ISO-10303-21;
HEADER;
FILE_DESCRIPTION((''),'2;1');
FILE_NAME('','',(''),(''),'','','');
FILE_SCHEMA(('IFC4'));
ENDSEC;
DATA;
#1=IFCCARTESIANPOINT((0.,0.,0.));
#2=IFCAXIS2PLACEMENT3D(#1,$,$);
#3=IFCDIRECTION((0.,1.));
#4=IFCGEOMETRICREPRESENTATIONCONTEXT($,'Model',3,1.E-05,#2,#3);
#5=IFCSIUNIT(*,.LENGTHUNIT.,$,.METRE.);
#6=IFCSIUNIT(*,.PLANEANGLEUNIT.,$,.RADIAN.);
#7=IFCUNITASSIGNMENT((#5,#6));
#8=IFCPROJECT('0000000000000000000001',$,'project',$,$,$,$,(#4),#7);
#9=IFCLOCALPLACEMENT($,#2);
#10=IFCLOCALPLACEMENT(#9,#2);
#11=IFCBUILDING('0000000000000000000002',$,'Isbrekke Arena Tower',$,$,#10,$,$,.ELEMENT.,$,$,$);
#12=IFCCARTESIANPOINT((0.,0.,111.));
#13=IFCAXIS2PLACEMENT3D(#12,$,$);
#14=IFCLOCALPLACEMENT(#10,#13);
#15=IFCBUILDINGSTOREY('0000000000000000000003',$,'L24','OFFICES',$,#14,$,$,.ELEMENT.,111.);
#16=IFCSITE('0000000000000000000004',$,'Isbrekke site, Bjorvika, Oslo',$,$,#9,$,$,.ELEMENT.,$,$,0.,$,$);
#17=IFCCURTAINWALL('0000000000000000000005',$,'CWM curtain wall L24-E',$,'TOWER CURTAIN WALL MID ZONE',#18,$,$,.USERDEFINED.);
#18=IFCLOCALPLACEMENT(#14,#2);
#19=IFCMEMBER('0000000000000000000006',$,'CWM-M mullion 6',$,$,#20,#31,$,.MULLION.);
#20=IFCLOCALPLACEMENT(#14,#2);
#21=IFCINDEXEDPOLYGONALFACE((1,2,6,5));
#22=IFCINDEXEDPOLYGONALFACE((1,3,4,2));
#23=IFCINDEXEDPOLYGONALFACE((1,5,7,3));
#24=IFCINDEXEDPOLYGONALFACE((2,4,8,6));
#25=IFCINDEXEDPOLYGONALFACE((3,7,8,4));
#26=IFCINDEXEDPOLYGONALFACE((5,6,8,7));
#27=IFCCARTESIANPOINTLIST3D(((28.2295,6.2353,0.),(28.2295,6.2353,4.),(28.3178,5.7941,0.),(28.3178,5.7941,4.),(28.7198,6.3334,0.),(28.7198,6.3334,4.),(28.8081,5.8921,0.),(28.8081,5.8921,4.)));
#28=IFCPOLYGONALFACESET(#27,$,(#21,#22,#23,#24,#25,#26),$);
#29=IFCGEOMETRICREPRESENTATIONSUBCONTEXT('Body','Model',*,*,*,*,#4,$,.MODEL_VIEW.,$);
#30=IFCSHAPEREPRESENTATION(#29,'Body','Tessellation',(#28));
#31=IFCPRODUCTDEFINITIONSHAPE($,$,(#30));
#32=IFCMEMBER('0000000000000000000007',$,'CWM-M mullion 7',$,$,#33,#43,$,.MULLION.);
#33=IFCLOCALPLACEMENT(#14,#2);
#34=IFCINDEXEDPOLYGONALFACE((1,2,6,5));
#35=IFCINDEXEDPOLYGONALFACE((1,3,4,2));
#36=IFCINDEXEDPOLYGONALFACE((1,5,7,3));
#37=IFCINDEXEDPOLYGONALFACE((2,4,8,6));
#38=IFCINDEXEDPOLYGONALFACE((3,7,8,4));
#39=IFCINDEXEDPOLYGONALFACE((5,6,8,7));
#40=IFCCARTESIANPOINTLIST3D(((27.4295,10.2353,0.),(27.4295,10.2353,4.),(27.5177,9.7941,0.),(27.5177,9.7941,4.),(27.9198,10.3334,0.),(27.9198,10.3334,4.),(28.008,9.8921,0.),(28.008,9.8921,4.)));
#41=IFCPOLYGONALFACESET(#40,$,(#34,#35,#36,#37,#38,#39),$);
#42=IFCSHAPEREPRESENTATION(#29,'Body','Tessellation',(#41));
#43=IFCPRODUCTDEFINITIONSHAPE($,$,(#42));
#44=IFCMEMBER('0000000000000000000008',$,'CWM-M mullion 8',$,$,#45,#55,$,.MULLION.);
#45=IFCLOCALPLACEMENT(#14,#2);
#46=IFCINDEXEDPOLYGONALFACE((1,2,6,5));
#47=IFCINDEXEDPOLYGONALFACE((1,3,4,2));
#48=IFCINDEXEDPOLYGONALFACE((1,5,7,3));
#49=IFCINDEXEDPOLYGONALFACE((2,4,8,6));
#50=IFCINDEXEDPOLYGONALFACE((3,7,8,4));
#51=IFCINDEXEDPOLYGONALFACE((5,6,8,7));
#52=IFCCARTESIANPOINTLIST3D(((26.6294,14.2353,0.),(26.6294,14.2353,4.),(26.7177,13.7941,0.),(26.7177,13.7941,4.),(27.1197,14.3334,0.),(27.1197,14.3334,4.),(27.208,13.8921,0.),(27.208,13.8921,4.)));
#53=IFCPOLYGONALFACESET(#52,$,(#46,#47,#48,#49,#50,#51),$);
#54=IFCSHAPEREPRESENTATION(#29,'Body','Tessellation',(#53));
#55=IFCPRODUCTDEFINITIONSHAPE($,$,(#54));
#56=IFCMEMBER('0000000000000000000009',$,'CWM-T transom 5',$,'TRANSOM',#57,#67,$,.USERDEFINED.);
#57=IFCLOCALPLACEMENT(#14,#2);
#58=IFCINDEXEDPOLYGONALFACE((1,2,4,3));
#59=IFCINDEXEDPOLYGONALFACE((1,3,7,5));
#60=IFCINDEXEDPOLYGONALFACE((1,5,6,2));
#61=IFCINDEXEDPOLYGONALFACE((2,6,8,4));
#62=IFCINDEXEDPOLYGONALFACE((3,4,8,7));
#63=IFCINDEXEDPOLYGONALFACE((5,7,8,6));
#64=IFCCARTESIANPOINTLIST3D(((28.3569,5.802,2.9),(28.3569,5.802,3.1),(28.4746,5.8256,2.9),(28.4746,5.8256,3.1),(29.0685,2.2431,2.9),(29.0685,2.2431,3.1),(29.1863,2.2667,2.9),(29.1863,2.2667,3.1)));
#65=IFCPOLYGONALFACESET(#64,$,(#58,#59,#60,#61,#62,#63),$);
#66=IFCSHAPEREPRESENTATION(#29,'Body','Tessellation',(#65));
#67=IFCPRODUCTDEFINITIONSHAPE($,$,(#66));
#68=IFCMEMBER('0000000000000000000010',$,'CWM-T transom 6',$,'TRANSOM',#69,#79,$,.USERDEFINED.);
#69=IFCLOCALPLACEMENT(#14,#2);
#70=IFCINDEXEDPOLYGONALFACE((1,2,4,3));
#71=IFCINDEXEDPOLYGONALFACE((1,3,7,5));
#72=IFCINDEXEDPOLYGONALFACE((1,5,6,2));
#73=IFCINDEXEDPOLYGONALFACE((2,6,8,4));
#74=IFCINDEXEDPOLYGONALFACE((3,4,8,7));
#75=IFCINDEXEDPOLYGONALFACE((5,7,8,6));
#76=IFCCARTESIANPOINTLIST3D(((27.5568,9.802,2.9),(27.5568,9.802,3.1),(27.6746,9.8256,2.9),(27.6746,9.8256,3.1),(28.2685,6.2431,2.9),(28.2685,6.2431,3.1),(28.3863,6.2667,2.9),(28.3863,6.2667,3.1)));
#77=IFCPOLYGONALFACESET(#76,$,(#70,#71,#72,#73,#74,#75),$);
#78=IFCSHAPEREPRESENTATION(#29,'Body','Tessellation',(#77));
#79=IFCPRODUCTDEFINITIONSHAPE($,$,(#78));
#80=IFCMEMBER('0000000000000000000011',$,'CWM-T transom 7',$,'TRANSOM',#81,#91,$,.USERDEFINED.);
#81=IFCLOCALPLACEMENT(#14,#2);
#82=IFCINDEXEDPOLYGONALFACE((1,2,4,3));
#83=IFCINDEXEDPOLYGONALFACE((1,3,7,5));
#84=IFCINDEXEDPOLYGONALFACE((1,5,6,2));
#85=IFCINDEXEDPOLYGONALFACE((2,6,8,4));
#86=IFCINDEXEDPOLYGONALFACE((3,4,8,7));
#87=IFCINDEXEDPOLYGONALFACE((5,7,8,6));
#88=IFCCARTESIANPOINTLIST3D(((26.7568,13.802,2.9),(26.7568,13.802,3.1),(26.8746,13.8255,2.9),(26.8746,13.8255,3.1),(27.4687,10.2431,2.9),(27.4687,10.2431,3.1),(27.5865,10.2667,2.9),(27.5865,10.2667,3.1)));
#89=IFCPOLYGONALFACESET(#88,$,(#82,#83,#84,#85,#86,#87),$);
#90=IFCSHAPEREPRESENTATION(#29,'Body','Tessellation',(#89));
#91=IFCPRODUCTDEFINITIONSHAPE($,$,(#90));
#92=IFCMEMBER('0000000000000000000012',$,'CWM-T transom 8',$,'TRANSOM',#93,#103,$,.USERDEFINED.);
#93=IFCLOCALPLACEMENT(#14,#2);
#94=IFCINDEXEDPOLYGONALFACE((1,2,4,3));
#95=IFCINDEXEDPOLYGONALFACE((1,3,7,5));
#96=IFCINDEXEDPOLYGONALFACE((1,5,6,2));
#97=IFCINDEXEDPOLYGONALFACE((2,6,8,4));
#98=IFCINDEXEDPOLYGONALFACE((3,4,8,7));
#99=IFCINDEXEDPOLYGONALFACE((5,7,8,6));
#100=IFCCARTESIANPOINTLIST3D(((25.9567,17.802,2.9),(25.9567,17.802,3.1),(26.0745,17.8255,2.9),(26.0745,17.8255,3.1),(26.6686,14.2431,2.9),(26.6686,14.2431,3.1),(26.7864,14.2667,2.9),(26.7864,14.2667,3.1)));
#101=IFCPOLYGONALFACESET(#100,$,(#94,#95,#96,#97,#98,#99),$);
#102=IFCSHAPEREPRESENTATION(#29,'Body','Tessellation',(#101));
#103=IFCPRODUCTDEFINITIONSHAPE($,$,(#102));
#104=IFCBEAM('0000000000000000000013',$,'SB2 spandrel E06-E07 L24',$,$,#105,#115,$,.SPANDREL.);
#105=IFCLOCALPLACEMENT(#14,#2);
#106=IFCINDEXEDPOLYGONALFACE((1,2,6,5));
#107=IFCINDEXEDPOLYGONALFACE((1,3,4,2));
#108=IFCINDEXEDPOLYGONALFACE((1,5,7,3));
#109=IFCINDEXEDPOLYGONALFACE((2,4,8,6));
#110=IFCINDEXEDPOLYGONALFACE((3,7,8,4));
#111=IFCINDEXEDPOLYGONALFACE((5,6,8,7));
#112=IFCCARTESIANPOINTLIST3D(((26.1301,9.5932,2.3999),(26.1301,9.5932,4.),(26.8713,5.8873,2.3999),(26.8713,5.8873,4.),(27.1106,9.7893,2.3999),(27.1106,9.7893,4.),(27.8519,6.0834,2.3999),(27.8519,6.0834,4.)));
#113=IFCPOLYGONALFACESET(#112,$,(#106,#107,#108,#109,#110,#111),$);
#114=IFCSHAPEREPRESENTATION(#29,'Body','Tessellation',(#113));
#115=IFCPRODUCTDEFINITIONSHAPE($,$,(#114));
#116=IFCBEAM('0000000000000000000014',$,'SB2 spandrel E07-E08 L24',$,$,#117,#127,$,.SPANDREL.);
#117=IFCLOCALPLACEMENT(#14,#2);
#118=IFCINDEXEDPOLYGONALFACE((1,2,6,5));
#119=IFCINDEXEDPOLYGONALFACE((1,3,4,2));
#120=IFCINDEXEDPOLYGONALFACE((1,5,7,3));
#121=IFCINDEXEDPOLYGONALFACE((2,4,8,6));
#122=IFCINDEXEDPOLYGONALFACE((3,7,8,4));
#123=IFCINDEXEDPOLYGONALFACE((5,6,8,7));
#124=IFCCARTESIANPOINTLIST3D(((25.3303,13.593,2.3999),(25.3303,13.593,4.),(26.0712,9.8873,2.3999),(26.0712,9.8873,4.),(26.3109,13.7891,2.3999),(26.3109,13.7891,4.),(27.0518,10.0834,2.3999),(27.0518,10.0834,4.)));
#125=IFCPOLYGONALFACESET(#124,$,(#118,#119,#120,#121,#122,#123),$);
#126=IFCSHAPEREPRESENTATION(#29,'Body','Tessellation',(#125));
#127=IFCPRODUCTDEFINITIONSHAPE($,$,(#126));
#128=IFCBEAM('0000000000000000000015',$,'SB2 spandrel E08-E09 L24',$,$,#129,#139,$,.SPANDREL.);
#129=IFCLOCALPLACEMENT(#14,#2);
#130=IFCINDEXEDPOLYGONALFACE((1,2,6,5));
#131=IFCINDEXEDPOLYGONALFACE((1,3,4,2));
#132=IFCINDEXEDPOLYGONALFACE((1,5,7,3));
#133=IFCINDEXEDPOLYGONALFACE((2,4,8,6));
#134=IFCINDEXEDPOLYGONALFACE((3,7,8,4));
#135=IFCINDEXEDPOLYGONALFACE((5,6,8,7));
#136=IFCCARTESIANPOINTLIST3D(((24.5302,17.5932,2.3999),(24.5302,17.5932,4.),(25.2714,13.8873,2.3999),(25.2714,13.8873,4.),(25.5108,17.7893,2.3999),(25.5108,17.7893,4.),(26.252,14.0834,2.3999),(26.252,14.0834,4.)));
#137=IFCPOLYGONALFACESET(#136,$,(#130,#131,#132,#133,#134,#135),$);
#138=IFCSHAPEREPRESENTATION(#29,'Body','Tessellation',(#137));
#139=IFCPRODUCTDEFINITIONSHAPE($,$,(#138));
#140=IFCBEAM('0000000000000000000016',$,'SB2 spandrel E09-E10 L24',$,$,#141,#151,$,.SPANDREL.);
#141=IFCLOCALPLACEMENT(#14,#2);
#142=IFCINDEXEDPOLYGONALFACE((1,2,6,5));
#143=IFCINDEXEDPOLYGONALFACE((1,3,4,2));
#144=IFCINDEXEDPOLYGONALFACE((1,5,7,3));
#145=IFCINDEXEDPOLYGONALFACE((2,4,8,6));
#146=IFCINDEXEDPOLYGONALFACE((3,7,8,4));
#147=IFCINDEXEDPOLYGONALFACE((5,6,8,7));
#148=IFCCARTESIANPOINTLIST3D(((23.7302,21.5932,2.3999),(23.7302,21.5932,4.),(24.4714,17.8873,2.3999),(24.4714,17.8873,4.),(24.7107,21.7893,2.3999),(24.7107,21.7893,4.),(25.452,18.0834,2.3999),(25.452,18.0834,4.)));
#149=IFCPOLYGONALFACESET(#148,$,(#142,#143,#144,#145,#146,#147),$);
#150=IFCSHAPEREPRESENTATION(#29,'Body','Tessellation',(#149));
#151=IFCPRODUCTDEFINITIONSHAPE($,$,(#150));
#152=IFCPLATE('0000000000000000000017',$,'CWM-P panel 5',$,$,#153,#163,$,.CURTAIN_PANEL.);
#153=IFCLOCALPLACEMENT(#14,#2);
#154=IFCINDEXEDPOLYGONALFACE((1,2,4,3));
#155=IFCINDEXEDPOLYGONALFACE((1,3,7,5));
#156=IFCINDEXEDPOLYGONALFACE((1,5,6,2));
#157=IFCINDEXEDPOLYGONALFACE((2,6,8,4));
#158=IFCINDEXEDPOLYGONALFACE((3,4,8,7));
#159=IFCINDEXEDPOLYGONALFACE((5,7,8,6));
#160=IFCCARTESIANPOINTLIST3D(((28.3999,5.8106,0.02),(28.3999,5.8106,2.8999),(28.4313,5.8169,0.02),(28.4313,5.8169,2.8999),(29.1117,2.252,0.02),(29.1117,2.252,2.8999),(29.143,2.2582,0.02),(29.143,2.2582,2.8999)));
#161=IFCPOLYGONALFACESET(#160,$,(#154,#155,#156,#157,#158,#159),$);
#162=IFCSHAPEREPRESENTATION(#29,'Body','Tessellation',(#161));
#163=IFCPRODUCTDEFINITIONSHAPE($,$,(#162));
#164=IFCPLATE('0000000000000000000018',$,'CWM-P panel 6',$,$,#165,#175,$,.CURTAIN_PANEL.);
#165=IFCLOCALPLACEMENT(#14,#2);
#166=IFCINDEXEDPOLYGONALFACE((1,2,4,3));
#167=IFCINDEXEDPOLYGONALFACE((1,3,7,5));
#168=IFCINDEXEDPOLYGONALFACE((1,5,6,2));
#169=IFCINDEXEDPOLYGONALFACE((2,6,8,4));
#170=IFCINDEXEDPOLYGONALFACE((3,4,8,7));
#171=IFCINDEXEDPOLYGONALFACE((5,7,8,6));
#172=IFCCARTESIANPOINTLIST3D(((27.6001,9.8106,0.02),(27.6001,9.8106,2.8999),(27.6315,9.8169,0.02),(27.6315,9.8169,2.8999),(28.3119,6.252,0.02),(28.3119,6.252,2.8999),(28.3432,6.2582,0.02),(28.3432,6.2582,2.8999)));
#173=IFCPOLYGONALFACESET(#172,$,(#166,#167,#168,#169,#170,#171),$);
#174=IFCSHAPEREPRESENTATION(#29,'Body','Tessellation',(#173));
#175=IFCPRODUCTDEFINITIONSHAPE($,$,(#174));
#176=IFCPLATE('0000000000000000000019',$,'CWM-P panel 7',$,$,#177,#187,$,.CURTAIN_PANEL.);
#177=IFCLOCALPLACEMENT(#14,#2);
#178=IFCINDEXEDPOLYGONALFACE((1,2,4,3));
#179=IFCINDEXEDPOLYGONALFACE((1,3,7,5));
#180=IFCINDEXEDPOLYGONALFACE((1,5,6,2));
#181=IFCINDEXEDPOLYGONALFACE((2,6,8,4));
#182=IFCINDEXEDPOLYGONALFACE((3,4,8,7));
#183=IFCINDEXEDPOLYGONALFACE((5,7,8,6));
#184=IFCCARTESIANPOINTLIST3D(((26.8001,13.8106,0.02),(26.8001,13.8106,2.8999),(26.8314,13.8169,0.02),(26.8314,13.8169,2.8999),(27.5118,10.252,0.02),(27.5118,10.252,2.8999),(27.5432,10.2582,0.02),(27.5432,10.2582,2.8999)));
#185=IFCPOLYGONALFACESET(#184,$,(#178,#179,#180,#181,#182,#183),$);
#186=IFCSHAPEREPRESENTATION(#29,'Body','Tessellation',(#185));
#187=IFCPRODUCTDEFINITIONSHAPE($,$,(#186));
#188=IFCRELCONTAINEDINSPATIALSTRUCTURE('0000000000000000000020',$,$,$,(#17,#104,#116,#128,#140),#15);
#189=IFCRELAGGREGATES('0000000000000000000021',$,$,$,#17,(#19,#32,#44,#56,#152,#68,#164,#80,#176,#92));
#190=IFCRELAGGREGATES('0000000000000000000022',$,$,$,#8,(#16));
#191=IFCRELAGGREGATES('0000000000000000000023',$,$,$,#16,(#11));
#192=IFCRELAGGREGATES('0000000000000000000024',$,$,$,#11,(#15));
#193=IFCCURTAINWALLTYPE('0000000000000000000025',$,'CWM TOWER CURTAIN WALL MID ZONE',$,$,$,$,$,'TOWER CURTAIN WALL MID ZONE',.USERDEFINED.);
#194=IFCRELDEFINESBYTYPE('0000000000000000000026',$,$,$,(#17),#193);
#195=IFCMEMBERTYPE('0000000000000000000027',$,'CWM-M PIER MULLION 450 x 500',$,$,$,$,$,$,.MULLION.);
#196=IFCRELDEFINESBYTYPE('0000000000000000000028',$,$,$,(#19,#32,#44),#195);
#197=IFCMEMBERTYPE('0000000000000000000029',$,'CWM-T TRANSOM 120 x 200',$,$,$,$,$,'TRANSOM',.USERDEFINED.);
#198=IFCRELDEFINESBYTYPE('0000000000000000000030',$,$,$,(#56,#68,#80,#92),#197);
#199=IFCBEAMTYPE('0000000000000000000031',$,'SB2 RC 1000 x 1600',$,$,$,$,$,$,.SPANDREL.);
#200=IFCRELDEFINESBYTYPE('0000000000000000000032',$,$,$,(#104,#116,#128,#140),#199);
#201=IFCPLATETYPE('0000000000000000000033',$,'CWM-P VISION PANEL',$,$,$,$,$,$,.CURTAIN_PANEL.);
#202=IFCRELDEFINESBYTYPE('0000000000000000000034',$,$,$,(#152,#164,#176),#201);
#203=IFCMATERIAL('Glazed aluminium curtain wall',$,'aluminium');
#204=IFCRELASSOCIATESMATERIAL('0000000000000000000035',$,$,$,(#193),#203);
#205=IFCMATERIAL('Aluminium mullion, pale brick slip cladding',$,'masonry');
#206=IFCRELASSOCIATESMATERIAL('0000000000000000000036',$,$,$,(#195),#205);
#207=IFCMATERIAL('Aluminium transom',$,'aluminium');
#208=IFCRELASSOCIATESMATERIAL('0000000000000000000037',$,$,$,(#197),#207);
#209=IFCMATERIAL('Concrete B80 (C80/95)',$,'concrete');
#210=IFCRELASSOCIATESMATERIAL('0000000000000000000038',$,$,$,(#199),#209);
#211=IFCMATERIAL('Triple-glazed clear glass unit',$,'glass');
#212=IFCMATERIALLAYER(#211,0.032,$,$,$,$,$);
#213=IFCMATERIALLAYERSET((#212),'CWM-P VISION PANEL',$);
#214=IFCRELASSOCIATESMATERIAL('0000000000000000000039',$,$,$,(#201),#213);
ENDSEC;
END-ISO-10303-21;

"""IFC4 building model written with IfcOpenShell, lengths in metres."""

from ifc_helpers import new_model, si_unit, direction, frame, origin, origin_2d, place, context, subcontext, project, spatial, rectangle, extrude, material, layer, layer_set, material_profile, profile_set, type_object, element, aggregate, save


model = new_model("IFC4")

# Units and contexts
model_context = context("Model", 3, precision=1e-05, world=origin(), true_north=direction((0.0, 1.0)))
body_context = subcontext(model_context, "Body", "Model", "MODEL_VIEW")
ifc_project = project(units=[si_unit("LENGTHUNIT", "METRE"), si_unit("PLANEANGLEUNIT", "RADIAN")], contexts=[model_context])

# Site, building, storey
site_placement = place(None, origin())
site = spatial("IfcSite", under=ifc_project, at=site_placement, Name="Isbrekke site, Bjorvika, Oslo", CompositionType="ELEMENT", RefElevation=0.0)
building_placement = place(site_placement, origin())
building = spatial("IfcBuilding", under=site, at=building_placement, Name="Isbrekke Arena Tower", CompositionType="ELEMENT")
storey_placement = place(building_placement, frame((0.0, 0.0, 111.0)))
storey = spatial("IfcBuildingStorey", under=building, at=storey_placement, Name="L24", Description="OFFICES", CompositionType="ELEMENT", Elevation=111.0)

# Curtain wall, members
ifc_material_1 = material(Name="Glazed aluminium curtain wall", Category="aluminium")
curtain_wall_type = type_object("IfcCurtainWallType", Name="CWM TOWER CURTAIN WALL MID ZONE", ElementType="TOWER CURTAIN WALL MID ZONE", PredefinedType="USERDEFINED", material=ifc_material_1)
curtain_wall_placement = place(storey_placement, origin())
curtain_wall = element("IfcCurtainWall", 1, at=curtain_wall_placement, inside=storey, type_object=curtain_wall_type, Name="CWM curtain wall L24-E", ObjectType="TOWER CURTAIN WALL MID ZONE", PredefinedType="USERDEFINED")
ifc_material_2 = material(Name="Aluminium mullion, pale brick slip cladding", Category="masonry")
ifc_material_profile_1 = material_profile(ifc_material_2, rectangle(XDim=0.45, YDim=0.5, at=origin_2d()), Name="PIER 450X500")
ifc_profile_set_1 = profile_set([ifc_material_profile_1], Name="Aluminium mullion, pale brick slip cladding")
member_type_1 = type_object("IfcMemberType", Name="CWM-M PIER MULLION 450 x 500", PredefinedType="MULLION", material=ifc_profile_set_1)
member_1_placement = place(storey_placement, frame((28.5188, 6.0637, 0.0), z_axis=(0.0, 0.0, 1.0), x_axis=(-0.196116, 0.980581, 0.0)))
member_1 = element("IfcMember", 2, at=member_1_placement, type_object=member_type_1, Name="CWM-M mullion 6", PredefinedType="MULLION", context=body_context, shape_type="SweptSolid", body=[
    extrude(rectangle(XDim=0.45, YDim=0.5, at=origin_2d()), origin(), (0.0, 0.0, 1.0), 4.0),
])
member_2_placement = place(storey_placement, frame((27.7188, 10.0637, 0.0), z_axis=(0.0, 0.0, 1.0), x_axis=(-0.196116, 0.980581, 0.0)))
member_2 = element("IfcMember", 3, at=member_2_placement, type_object=member_type_1, Name="CWM-M mullion 7", PredefinedType="MULLION", context=body_context, shape_type="SweptSolid", body=[
    extrude(rectangle(XDim=0.45, YDim=0.5, at=origin_2d()), origin(), (0.0, 0.0, 1.0), 4.0),
])
member_3_placement = place(storey_placement, frame((26.9187, 14.0637, 0.0), z_axis=(0.0, 0.0, 1.0), x_axis=(-0.196116, 0.980581, 0.0)))
member_3 = element("IfcMember", 4, at=member_3_placement, type_object=member_type_1, Name="CWM-M mullion 8", PredefinedType="MULLION", context=body_context, shape_type="SweptSolid", body=[
    extrude(rectangle(XDim=0.45, YDim=0.5, at=origin_2d()), origin(), (0.0, 0.0, 1.0), 4.0),
])
ifc_material_3 = material(Name="Aluminium transom", Category="aluminium")
ifc_material_profile_2 = material_profile(ifc_material_3, rectangle(XDim=0.1201, YDim=0.2, at=origin_2d()), Name="TRANSOM 120X200")
ifc_profile_set_2 = profile_set([ifc_material_profile_2], Name="Aluminium transom")
member_type_2 = type_object("IfcMemberType", Name="CWM-T TRANSOM 120 x 200", ElementType="TRANSOM", PredefinedType="USERDEFINED", material=ifc_profile_set_2)
member_4_placement = place(storey_placement, frame((29.1274, 2.2549, 3.0), z_axis=(-0.19609, 0.980586, 0.0), x_axis=(-0.980586, -0.19609, 0.0)))
member_4 = element("IfcMember", 5, at=member_4_placement, type_object=member_type_2, Name="CWM-T transom 5", ObjectType="TRANSOM", PredefinedType="USERDEFINED", context=body_context, shape_type="SweptSolid", body=[
    extrude(rectangle(XDim=0.1201, YDim=0.2, at=origin_2d()), origin(), (0.0, 0.0, 1.0), 3.6294),
])
member_5_placement = place(storey_placement, frame((28.3274, 6.2549, 3.0), z_axis=(-0.19609, 0.980586, 0.0), x_axis=(-0.980586, -0.19609, 0.0)))
member_5 = element("IfcMember", 6, at=member_5_placement, type_object=member_type_2, Name="CWM-T transom 6", ObjectType="TRANSOM", PredefinedType="USERDEFINED", context=body_context, shape_type="SweptSolid", body=[
    extrude(rectangle(XDim=0.1201, YDim=0.2, at=origin_2d()), origin(), (0.0, 0.0, 1.0), 3.6294),
])
member_6_placement = place(storey_placement, frame((27.5276, 10.2549, 3.0), z_axis=(-0.196155, 0.980573, 0.0), x_axis=(-0.980573, -0.196155, 0.0)))
member_6 = element("IfcMember", 7, at=member_6_placement, type_object=member_type_2, Name="CWM-T transom 7", ObjectType="TRANSOM", PredefinedType="USERDEFINED", context=body_context, shape_type="SweptSolid", body=[
    extrude(rectangle(XDim=0.1201, YDim=0.2, at=origin_2d()), origin(), (0.0, 0.0, 1.0), 3.6294),
])
member_7_placement = place(storey_placement, frame((26.7275, 14.2549, 3.0), z_axis=(-0.196155, 0.980573, 0.0), x_axis=(-0.980573, -0.196155, 0.0)))
member_7 = element("IfcMember", 8, at=member_7_placement, type_object=member_type_2, Name="CWM-T transom 8", ObjectType="TRANSOM", PredefinedType="USERDEFINED", context=body_context, shape_type="SweptSolid", body=[
    extrude(rectangle(XDim=0.1201, YDim=0.2, at=origin_2d()), origin(), (0.0, 0.0, 1.0), 3.6294),
])

# Beams
ifc_material_4 = material(Name="Concrete B80 (C80/95)", Category="concrete")
ifc_material_profile_3 = material_profile(ifc_material_4, rectangle(XDim=1.0, YDim=1.6001, at=origin_2d()), Name="RC 1000x1600")
ifc_profile_set_3 = profile_set([ifc_material_profile_3], Name="Concrete B80 (C80/95)")
beam_type_1 = type_object("IfcBeamType", Name="SB2 RC 1000 x 1600", PredefinedType="SPANDREL", material=ifc_profile_set_3)
beam_1_placement = place(storey_placement, frame((27.3616, 5.9854, 3.2), z_axis=(-0.196129, 0.980578, 0.0), x_axis=(-0.980578, -0.196129, 0.0)))
element("IfcBeam", 9, at=beam_1_placement, inside=storey, type_object=beam_type_1, Name="SB2 spandrel E06-E07 L24", PredefinedType="SPANDREL", context=body_context, shape_type="SweptSolid", body=[
    extrude(rectangle(XDim=1.0, YDim=1.6001, at=origin_2d()), origin(), (0.0, 0.0, 1.0), 3.7793),
])
beam_2_placement = place(storey_placement, frame((26.5615, 9.9854, 3.2), z_axis=(-0.196066, 0.980591, 0.0), x_axis=(-0.980591, -0.196066, 0.0)))
element("IfcBeam", 10, at=beam_2_placement, inside=storey, type_object=beam_type_1, Name="SB2 spandrel E07-E08 L24", PredefinedType="SPANDREL", context=body_context, shape_type="SweptSolid", body=[
    extrude(rectangle(XDim=1.0, YDim=1.6001, at=origin_2d()), origin(), (0.0, 0.0, 1.0), 3.7791),
])
for number, where, z_axis, x_axis, name in (
    (11, (25.7617, 13.9854, 3.2), (-0.196129, 0.980578, 0.0), (-0.980578, -0.196129, 0.0), "SB2 spandrel E08-E09 L24"),
    (12, (24.9617, 17.9854, 3.2), (-0.196129, 0.980578, 0.0), (-0.980578, -0.196129, 0.0), "SB2 spandrel E09-E10 L24"),
):
    element("IfcBeam", number, at=place(storey_placement, frame(where, z_axis=z_axis, x_axis=x_axis)), inside=storey, type_object=beam_type_1, Name=name, PredefinedType="SPANDREL", context=body_context, shape_type="SweptSolid", body=[
        extrude(rectangle(XDim=1.0, YDim=1.6001, at=origin_2d()), origin(), (0.0, 0.0, 1.0), 3.7793),
    ])

# Plates
ifc_material_5 = material(Name="Triple-glazed clear glass unit", Category="glass")
ifc_layer_1 = layer(ifc_material_5, 0.032)
ifc_layer_set_1 = layer_set([ifc_layer_1], Name="CWM-P VISION PANEL")
plate_type = type_object("IfcPlateType", Name="CWM-P VISION PANEL", PredefinedType="CURTAIN_PANEL", material=ifc_layer_set_1)
plate_1_placement = place(storey_placement, frame((28.7715, 4.0344, 0.02), z_axis=(0.0, 0.0, 1.0), x_axis=(-0.196116, 0.980581, 0.0)))
plate_1 = element("IfcPlate", 13, at=plate_1_placement, type_object=plate_type, Name="CWM-P panel 5", PredefinedType="CURTAIN_PANEL", context=body_context, shape_type="SweptSolid", body=[
    extrude(rectangle(XDim=3.6292, YDim=0.032, at=origin_2d()), origin(), (0.0, 0.0, 1.0), 2.8799),
])
plate_2_placement = place(storey_placement, frame((27.9717, 8.0344, 0.02), z_axis=(0.0, 0.0, 1.0), x_axis=(-0.196116, 0.980581, 0.0)))
plate_2 = element("IfcPlate", 14, at=plate_2_placement, type_object=plate_type, Name="CWM-P panel 6", PredefinedType="CURTAIN_PANEL", context=body_context, shape_type="SweptSolid", body=[
    extrude(rectangle(XDim=3.6292, YDim=0.032, at=origin_2d()), origin(), (0.0, 0.0, 1.0), 2.8799),
])
plate_3_placement = place(storey_placement, frame((27.1716, 12.0344, 0.02), z_axis=(0.0, 0.0, 1.0), x_axis=(-0.196116, 0.980581, 0.0)))
plate_3 = element("IfcPlate", 15, at=plate_3_placement, type_object=plate_type, Name="CWM-P panel 7", PredefinedType="CURTAIN_PANEL", context=body_context, shape_type="SweptSolid", body=[
    extrude(rectangle(XDim=3.6292, YDim=0.032, at=origin_2d()), origin(), (0.0, 0.0, 1.0), 2.8799),
])
aggregate(curtain_wall, [member_1, member_2, member_3, member_4, plate_1, member_5, plate_2, member_6, plate_3, member_7])

save(model, "model.ifc")
